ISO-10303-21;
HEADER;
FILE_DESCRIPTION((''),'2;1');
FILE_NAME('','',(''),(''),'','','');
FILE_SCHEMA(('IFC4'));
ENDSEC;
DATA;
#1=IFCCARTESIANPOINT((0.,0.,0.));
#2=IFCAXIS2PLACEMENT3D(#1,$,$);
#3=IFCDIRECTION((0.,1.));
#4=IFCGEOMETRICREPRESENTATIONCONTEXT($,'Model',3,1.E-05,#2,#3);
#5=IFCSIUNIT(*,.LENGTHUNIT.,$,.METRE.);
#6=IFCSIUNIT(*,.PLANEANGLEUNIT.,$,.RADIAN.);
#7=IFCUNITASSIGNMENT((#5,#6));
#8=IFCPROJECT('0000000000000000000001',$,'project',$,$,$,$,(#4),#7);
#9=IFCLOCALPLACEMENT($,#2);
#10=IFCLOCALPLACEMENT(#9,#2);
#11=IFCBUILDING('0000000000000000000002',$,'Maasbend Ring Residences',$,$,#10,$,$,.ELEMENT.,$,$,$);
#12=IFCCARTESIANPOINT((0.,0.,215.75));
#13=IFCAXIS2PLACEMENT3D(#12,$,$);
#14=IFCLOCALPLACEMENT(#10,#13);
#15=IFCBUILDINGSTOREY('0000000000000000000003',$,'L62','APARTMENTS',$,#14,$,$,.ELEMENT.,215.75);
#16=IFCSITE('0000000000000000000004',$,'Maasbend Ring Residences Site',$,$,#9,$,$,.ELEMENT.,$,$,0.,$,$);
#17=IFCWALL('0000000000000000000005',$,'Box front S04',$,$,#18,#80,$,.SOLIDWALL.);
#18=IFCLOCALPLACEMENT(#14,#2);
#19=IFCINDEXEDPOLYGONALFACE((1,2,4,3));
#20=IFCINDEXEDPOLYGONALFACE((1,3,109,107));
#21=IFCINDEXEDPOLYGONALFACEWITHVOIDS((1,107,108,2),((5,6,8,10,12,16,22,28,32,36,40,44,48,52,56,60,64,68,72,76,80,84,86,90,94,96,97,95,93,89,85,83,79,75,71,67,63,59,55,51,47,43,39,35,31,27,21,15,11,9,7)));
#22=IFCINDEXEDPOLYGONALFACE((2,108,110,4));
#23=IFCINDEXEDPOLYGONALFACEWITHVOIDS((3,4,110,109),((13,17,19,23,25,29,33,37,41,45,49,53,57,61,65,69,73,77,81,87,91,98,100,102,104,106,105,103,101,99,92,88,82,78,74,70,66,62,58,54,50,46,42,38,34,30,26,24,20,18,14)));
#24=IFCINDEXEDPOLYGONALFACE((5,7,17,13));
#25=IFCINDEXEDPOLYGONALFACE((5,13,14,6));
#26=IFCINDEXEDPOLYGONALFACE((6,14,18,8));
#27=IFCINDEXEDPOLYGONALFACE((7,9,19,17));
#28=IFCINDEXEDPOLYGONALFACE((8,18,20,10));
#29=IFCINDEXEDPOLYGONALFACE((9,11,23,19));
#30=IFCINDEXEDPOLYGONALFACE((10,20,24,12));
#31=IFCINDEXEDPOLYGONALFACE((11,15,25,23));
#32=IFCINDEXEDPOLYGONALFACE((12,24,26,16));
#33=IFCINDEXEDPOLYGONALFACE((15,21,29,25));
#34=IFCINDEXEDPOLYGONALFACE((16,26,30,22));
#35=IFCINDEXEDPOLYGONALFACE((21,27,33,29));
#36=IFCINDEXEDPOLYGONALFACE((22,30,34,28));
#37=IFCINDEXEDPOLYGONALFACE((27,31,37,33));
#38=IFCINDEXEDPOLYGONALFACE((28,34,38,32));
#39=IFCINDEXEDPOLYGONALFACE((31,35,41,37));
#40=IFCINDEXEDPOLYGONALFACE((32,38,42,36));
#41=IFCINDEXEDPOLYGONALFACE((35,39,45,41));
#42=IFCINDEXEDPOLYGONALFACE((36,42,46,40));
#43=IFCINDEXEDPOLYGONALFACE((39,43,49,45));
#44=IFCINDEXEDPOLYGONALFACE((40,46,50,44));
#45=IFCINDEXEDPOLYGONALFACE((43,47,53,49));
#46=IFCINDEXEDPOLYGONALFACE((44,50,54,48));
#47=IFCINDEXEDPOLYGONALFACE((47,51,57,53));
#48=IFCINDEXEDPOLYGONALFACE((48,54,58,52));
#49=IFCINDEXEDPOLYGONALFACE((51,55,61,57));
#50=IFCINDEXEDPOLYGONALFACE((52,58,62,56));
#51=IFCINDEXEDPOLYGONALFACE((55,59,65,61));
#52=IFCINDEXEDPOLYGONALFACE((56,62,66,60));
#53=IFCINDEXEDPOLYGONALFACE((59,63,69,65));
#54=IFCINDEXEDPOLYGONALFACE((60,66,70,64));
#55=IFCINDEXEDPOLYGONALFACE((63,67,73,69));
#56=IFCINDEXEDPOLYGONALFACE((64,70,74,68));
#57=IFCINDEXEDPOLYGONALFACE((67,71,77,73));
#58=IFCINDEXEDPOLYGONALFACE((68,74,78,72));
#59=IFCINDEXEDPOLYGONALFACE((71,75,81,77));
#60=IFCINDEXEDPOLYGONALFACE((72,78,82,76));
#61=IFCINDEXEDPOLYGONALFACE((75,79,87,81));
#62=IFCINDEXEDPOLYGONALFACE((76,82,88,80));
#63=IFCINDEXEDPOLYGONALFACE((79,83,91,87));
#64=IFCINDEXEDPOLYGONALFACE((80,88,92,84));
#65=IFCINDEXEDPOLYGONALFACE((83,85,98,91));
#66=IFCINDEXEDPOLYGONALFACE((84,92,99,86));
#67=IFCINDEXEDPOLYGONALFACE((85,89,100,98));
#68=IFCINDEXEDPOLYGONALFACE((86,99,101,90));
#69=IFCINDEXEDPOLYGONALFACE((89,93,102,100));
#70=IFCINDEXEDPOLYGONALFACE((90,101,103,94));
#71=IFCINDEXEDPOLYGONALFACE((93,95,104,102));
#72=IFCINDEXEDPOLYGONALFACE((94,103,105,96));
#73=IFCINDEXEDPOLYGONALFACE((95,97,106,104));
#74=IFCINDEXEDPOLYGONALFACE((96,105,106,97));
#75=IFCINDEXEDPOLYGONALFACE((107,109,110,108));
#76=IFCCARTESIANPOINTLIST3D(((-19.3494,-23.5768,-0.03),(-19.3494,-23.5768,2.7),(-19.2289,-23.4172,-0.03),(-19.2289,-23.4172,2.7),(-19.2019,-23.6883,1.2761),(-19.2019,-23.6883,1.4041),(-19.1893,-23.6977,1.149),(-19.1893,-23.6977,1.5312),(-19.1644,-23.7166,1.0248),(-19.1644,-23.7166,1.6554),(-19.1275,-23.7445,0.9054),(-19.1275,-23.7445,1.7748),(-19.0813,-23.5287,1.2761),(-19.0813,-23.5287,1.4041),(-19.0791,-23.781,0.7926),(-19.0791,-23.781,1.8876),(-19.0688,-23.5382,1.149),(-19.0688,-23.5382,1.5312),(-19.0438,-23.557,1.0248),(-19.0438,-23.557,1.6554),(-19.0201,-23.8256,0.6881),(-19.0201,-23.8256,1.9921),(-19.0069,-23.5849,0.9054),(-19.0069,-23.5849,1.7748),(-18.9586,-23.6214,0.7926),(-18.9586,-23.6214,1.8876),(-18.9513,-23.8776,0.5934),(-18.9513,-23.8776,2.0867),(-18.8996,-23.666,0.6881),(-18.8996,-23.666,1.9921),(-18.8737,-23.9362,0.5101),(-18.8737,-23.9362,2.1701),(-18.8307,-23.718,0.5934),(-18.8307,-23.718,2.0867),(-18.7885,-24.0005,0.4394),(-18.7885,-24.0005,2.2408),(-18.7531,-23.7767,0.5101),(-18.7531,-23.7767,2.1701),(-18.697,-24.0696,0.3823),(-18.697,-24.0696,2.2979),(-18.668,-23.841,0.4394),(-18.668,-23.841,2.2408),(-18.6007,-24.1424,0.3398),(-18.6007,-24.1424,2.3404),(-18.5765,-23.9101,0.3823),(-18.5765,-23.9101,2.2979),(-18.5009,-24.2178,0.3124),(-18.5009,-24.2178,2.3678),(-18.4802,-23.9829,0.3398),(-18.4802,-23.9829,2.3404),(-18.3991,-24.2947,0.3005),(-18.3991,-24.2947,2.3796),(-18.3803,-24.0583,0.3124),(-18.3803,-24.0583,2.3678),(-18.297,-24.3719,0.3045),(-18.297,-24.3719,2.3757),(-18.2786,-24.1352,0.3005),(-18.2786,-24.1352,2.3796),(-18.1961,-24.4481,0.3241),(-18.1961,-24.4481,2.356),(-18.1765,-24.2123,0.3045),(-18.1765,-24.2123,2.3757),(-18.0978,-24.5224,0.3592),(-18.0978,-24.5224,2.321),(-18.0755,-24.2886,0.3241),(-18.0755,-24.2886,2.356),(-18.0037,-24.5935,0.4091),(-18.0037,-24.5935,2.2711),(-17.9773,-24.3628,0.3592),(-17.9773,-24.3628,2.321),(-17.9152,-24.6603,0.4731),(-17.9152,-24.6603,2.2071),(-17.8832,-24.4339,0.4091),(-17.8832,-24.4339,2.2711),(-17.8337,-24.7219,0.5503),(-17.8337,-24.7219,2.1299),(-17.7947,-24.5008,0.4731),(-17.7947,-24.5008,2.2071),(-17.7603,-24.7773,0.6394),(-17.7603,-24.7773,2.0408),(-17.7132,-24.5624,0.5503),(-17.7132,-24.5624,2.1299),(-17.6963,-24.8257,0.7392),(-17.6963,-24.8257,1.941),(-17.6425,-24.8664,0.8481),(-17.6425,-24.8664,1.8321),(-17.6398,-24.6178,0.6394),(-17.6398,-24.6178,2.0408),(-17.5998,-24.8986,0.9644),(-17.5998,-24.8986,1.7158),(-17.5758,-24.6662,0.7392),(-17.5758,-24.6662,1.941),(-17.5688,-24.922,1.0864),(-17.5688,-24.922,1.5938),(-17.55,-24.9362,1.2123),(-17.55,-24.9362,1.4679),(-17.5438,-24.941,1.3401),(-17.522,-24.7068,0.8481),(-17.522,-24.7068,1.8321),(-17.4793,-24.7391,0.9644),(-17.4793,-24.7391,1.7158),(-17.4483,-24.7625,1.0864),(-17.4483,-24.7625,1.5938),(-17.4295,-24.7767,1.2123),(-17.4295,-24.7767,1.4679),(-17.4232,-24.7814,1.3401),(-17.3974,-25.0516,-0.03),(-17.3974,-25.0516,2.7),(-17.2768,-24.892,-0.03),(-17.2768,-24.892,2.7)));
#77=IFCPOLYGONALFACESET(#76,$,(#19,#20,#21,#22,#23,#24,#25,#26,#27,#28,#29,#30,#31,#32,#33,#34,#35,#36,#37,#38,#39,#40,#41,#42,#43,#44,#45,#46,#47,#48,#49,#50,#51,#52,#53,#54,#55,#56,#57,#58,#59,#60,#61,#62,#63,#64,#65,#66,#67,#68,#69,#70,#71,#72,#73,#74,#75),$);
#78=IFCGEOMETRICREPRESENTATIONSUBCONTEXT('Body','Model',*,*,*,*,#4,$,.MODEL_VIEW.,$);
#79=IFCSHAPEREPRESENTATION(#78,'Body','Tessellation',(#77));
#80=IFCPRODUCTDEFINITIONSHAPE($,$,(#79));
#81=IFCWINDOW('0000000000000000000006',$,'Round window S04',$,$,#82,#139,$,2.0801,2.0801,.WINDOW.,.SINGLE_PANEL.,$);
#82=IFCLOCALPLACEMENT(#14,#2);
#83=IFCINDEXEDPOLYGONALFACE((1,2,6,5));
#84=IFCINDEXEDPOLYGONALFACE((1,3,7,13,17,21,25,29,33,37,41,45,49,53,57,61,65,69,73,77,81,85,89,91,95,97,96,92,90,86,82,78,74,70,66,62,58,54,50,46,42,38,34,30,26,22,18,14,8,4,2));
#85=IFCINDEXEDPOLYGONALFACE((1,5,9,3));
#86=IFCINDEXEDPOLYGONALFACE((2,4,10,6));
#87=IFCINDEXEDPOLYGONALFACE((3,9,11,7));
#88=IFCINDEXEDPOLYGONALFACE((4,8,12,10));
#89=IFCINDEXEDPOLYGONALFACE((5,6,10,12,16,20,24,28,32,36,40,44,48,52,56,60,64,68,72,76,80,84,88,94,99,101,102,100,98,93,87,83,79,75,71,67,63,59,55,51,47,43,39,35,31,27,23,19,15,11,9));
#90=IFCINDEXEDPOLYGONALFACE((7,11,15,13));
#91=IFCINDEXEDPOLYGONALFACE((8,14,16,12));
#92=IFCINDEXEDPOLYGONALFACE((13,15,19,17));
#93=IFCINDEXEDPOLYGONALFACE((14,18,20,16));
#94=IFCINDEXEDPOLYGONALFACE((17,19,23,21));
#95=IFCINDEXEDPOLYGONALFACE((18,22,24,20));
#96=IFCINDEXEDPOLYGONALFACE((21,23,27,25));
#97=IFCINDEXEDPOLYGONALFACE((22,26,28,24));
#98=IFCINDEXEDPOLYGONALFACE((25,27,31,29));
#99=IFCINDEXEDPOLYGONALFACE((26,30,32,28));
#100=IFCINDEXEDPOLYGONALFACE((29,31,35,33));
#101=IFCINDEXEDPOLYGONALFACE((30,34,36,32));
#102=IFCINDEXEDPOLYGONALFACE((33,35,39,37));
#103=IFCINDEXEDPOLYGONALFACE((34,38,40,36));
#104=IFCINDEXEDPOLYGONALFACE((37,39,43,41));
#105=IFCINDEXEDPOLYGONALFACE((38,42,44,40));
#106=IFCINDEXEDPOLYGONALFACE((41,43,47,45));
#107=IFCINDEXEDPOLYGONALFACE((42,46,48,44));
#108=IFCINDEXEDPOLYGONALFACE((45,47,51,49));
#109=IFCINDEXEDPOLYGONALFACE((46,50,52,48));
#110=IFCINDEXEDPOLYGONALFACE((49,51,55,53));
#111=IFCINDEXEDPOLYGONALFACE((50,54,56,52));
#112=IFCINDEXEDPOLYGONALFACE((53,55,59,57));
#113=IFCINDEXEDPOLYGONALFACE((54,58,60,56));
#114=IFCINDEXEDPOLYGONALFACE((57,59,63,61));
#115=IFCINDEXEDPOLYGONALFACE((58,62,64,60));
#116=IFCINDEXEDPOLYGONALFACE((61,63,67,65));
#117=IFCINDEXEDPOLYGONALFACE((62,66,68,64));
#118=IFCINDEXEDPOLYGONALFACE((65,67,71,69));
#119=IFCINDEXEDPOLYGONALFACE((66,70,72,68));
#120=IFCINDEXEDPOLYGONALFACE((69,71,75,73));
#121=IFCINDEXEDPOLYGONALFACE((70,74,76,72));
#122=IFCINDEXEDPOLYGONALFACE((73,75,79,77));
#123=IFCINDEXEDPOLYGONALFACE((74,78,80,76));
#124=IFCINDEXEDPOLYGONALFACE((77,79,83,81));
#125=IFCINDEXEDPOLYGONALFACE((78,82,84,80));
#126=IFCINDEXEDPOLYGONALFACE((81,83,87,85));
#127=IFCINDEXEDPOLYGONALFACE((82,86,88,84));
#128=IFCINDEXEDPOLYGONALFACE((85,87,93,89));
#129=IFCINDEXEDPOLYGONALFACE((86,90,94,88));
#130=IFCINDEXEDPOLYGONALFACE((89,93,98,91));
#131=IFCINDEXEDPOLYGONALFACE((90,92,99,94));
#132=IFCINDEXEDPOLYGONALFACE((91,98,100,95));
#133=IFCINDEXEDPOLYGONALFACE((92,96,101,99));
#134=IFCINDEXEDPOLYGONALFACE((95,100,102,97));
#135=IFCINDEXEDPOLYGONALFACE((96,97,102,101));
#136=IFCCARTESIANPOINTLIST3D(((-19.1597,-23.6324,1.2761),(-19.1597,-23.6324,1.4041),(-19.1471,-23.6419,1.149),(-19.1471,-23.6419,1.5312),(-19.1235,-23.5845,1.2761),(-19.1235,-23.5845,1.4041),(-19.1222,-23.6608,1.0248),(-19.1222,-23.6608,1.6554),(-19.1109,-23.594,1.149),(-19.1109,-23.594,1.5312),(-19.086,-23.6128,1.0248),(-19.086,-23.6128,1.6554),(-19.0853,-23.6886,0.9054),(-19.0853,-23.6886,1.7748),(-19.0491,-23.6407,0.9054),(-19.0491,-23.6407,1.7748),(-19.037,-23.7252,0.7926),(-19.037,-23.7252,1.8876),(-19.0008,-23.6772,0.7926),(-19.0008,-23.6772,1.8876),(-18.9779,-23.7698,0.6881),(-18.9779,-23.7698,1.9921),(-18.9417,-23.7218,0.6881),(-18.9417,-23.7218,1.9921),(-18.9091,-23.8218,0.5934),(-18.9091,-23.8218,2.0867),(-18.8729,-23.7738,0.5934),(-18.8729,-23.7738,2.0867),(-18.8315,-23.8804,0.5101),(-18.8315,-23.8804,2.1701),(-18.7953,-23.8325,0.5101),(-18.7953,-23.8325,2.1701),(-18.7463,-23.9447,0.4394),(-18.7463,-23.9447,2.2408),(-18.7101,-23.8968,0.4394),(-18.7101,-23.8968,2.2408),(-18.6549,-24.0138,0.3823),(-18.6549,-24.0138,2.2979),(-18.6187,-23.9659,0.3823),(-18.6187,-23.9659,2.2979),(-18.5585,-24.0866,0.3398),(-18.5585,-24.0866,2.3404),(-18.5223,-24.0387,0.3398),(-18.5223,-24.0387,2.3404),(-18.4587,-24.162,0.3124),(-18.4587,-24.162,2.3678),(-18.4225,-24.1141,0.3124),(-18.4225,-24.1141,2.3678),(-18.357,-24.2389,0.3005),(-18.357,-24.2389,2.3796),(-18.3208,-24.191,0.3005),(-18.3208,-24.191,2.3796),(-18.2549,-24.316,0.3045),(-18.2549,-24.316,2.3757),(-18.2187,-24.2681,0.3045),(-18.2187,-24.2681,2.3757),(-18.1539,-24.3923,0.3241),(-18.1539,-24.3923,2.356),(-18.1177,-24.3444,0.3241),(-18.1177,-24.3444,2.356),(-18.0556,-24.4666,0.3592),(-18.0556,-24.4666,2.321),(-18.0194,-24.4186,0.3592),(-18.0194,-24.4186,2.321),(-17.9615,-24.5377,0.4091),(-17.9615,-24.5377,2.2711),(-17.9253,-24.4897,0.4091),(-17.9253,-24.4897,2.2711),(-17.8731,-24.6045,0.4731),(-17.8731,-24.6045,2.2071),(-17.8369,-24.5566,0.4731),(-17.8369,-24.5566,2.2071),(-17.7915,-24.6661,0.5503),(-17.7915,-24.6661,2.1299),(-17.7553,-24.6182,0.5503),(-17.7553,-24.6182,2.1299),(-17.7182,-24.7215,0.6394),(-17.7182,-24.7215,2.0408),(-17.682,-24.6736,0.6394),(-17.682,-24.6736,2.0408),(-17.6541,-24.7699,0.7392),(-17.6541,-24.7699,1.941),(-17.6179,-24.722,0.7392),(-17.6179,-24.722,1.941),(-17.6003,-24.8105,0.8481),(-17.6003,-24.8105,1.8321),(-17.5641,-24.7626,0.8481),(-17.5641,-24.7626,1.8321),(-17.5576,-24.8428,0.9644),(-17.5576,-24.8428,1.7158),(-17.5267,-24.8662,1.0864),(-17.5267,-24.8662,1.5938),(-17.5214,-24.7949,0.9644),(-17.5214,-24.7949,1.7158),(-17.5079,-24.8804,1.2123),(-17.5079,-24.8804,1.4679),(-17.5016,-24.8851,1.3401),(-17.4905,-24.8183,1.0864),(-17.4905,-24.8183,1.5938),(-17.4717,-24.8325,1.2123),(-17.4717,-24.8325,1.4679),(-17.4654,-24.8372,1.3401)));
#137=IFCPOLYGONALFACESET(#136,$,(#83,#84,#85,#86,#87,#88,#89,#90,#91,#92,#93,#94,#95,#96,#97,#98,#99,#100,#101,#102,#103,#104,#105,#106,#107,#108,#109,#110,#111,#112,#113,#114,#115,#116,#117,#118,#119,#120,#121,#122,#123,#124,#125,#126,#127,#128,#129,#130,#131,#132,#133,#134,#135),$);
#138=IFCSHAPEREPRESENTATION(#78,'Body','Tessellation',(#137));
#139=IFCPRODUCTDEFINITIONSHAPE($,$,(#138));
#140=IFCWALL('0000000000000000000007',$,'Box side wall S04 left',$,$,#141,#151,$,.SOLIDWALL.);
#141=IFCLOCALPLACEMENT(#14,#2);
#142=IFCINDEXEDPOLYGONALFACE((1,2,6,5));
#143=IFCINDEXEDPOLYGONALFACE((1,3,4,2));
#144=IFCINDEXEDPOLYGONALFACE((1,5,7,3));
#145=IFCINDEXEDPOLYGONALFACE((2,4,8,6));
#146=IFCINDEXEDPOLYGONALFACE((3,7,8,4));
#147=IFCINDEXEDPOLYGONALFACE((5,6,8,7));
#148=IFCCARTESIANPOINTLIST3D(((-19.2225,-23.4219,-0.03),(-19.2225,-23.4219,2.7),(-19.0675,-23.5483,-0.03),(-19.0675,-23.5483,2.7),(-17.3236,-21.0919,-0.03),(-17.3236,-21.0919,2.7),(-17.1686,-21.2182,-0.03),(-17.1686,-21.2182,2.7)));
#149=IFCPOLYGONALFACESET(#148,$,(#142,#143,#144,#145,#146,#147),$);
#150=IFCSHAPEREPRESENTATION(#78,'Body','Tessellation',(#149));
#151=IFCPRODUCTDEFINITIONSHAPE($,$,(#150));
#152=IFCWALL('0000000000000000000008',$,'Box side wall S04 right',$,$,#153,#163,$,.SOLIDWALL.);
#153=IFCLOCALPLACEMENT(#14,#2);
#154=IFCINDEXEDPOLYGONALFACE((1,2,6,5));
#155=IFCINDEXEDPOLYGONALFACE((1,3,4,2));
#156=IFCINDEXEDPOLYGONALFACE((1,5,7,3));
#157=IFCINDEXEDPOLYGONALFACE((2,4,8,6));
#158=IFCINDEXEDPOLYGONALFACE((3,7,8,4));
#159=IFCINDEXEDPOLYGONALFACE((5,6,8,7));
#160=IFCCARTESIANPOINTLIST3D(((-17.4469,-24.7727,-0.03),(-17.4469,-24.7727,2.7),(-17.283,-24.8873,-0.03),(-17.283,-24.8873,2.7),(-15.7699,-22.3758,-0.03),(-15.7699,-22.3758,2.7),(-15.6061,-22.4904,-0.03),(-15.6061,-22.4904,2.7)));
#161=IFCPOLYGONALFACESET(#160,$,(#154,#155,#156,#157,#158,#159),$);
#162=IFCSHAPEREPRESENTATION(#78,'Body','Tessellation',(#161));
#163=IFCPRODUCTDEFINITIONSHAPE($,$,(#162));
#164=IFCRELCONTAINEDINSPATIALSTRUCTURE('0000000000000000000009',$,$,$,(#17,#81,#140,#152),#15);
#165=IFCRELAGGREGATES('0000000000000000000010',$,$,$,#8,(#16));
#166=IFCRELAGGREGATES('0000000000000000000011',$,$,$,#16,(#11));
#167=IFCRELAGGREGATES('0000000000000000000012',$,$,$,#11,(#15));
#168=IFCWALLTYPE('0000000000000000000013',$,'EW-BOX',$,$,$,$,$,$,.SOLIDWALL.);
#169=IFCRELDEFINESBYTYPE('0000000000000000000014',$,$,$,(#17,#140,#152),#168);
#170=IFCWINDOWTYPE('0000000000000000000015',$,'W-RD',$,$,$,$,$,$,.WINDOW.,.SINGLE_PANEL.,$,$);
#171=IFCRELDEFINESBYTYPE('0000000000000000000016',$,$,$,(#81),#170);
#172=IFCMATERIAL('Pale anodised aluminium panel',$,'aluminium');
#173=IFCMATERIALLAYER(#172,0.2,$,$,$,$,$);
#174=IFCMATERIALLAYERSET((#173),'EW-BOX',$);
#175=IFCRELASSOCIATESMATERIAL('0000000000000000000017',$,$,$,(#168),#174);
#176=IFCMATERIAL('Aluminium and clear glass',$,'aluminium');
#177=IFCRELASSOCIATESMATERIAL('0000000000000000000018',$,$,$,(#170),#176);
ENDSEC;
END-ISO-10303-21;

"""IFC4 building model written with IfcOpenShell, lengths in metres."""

from ifc_helpers import new_model, si_unit, direction, frame, frame_2d, origin, place, context, subcontext, project, spatial, rectangle, circle, extrude, material, layer, layer_set, type_object, element, fill, save


model = new_model("IFC4")

# Units and contexts
model_context = context("Model", 3, precision=1e-05, world=origin(), true_north=direction((0.0, 1.0)))
body_context = subcontext(model_context, "Body", "Model", "MODEL_VIEW")
ifc_project = project(units=[si_unit("LENGTHUNIT", "METRE"), si_unit("PLANEANGLEUNIT", "RADIAN")], contexts=[model_context])

# Site, building, storey
site_placement = place(None, origin())
site = spatial("IfcSite", under=ifc_project, at=site_placement, Name="Maasbend Ring Residences Site", CompositionType="ELEMENT", RefElevation=0.0)
building_placement = place(site_placement, origin())
building = spatial("IfcBuilding", under=site, at=building_placement, Name="Maasbend Ring Residences", CompositionType="ELEMENT")
storey_placement = place(building_placement, frame((0.0, 0.0, 215.75)))
storey = spatial("IfcBuildingStorey", under=building, at=storey_placement, Name="L62", Description="APARTMENTS", CompositionType="ELEMENT", Elevation=215.75)

# Shared definitions
ifc_material_1 = material(Name="Pale anodised aluminium panel", Category="aluminium")
ifc_layer_1 = layer(ifc_material_1, 0.2)
ifc_layer_set_1 = layer_set([ifc_layer_1], Name="EW-BOX")
wall_type_1 = type_object("IfcWallType", Name="EW-BOX", PredefinedType="SOLIDWALL", material=ifc_layer_set_1)
ifc_material_2 = material(Name="Aluminium and clear glass", Category="aluminium")
window_type_1 = type_object("IfcWindowType", Name="W-RD", PartitioningType="SINGLE_PANEL", PredefinedType="WINDOW", material=ifc_material_2)

# Wall, opening, window
wall_1_placement = place(storey_placement, frame((-19.2891, -23.4971, -0.03), z_axis=(0.0, 0.0, 1.0), x_axis=(0.797888, -0.602806, 0.0)))
wall_1 = element("IfcWall", 1, at=wall_1_placement, inside=storey, type_object=wall_type_1, Name="Box front S04", PredefinedType="SOLIDWALL", context=body_context, shape_type="SweptSolid", body=[
    extrude(rectangle(XDim=2.4465, YDim=0.2, at=frame_2d((1.2231, 0.0))), origin(), (0.0, 0.0, 1.0), 2.73),
])
opening_1_placement = place(wall_1_placement, frame((0.1829, 0.0, 0.3301)))
opening_1 = element("IfcOpeningElement", 2, at=opening_1_placement, cuts=wall_1, PredefinedType="OPENING", context=body_context, shape_type="SweptSolid", body=[
    extrude(circle(Radius=1.04, at=frame_2d((1.04, 1.04))), frame((0.0, 0.1099, 0.0), z_axis=(0.0, -1.0, 0.0), x_axis=(1.0, 0.0, 0.0)), (0.0, 0.0, 1.0), 0.22),
])
window_1_placement = place(opening_1_placement, origin())
window_1 = element("IfcWindow", 3, at=window_1_placement, inside=storey, type_object=window_type_1, Name="Round window S04", OverallHeight=2.0801, OverallWidth=2.0801, PartitioningType="SINGLE_PANEL", PredefinedType="WINDOW", context=body_context, shape_type="SweptSolid", body=[
    extrude(circle(Radius=1.04, at=frame_2d((1.04, 1.04))), frame((0.0, 0.03, 0.0), z_axis=(0.0, -1.0, 0.0), x_axis=(1.0, 0.0, 0.0)), (0.0, 0.0, 1.0), 0.0601),
])
fill(opening_1, window_1)

# Walls
wall_2_placement = place(storey_placement, frame((-17.2461, -21.155, -0.03), z_axis=(0.0, 0.0, 1.0), x_axis=(-0.631742, -0.775179, 0.0)))
element("IfcWall", 4, at=wall_2_placement, inside=storey, type_object=wall_type_1, Name="Box side wall S04 left", PredefinedType="SOLIDWALL", context=body_context, shape_type="SweptSolid", body=[
    extrude(rectangle(XDim=3.0059, YDim=0.2, at=frame_2d((1.5029, 0.0))), origin(), (0.0, 0.0, 1.0), 2.73),
])
wall_3_placement = place(storey_placement, frame((-15.688, -22.4331, -0.03), z_axis=(0.0, 0.0, 1.0), x_axis=(-0.573261, -0.819373, 0.0)))
element("IfcWall", 5, at=wall_3_placement, inside=storey, type_object=wall_type_1, Name="Box side wall S04 right", PredefinedType="SOLIDWALL", context=body_context, shape_type="SweptSolid", body=[
    extrude(rectangle(XDim=2.9253, YDim=0.2, at=frame_2d((1.4626, 0.0))), origin(), (0.0, 0.0, 1.0), 2.73),
])

save(model, "model.ifc")
